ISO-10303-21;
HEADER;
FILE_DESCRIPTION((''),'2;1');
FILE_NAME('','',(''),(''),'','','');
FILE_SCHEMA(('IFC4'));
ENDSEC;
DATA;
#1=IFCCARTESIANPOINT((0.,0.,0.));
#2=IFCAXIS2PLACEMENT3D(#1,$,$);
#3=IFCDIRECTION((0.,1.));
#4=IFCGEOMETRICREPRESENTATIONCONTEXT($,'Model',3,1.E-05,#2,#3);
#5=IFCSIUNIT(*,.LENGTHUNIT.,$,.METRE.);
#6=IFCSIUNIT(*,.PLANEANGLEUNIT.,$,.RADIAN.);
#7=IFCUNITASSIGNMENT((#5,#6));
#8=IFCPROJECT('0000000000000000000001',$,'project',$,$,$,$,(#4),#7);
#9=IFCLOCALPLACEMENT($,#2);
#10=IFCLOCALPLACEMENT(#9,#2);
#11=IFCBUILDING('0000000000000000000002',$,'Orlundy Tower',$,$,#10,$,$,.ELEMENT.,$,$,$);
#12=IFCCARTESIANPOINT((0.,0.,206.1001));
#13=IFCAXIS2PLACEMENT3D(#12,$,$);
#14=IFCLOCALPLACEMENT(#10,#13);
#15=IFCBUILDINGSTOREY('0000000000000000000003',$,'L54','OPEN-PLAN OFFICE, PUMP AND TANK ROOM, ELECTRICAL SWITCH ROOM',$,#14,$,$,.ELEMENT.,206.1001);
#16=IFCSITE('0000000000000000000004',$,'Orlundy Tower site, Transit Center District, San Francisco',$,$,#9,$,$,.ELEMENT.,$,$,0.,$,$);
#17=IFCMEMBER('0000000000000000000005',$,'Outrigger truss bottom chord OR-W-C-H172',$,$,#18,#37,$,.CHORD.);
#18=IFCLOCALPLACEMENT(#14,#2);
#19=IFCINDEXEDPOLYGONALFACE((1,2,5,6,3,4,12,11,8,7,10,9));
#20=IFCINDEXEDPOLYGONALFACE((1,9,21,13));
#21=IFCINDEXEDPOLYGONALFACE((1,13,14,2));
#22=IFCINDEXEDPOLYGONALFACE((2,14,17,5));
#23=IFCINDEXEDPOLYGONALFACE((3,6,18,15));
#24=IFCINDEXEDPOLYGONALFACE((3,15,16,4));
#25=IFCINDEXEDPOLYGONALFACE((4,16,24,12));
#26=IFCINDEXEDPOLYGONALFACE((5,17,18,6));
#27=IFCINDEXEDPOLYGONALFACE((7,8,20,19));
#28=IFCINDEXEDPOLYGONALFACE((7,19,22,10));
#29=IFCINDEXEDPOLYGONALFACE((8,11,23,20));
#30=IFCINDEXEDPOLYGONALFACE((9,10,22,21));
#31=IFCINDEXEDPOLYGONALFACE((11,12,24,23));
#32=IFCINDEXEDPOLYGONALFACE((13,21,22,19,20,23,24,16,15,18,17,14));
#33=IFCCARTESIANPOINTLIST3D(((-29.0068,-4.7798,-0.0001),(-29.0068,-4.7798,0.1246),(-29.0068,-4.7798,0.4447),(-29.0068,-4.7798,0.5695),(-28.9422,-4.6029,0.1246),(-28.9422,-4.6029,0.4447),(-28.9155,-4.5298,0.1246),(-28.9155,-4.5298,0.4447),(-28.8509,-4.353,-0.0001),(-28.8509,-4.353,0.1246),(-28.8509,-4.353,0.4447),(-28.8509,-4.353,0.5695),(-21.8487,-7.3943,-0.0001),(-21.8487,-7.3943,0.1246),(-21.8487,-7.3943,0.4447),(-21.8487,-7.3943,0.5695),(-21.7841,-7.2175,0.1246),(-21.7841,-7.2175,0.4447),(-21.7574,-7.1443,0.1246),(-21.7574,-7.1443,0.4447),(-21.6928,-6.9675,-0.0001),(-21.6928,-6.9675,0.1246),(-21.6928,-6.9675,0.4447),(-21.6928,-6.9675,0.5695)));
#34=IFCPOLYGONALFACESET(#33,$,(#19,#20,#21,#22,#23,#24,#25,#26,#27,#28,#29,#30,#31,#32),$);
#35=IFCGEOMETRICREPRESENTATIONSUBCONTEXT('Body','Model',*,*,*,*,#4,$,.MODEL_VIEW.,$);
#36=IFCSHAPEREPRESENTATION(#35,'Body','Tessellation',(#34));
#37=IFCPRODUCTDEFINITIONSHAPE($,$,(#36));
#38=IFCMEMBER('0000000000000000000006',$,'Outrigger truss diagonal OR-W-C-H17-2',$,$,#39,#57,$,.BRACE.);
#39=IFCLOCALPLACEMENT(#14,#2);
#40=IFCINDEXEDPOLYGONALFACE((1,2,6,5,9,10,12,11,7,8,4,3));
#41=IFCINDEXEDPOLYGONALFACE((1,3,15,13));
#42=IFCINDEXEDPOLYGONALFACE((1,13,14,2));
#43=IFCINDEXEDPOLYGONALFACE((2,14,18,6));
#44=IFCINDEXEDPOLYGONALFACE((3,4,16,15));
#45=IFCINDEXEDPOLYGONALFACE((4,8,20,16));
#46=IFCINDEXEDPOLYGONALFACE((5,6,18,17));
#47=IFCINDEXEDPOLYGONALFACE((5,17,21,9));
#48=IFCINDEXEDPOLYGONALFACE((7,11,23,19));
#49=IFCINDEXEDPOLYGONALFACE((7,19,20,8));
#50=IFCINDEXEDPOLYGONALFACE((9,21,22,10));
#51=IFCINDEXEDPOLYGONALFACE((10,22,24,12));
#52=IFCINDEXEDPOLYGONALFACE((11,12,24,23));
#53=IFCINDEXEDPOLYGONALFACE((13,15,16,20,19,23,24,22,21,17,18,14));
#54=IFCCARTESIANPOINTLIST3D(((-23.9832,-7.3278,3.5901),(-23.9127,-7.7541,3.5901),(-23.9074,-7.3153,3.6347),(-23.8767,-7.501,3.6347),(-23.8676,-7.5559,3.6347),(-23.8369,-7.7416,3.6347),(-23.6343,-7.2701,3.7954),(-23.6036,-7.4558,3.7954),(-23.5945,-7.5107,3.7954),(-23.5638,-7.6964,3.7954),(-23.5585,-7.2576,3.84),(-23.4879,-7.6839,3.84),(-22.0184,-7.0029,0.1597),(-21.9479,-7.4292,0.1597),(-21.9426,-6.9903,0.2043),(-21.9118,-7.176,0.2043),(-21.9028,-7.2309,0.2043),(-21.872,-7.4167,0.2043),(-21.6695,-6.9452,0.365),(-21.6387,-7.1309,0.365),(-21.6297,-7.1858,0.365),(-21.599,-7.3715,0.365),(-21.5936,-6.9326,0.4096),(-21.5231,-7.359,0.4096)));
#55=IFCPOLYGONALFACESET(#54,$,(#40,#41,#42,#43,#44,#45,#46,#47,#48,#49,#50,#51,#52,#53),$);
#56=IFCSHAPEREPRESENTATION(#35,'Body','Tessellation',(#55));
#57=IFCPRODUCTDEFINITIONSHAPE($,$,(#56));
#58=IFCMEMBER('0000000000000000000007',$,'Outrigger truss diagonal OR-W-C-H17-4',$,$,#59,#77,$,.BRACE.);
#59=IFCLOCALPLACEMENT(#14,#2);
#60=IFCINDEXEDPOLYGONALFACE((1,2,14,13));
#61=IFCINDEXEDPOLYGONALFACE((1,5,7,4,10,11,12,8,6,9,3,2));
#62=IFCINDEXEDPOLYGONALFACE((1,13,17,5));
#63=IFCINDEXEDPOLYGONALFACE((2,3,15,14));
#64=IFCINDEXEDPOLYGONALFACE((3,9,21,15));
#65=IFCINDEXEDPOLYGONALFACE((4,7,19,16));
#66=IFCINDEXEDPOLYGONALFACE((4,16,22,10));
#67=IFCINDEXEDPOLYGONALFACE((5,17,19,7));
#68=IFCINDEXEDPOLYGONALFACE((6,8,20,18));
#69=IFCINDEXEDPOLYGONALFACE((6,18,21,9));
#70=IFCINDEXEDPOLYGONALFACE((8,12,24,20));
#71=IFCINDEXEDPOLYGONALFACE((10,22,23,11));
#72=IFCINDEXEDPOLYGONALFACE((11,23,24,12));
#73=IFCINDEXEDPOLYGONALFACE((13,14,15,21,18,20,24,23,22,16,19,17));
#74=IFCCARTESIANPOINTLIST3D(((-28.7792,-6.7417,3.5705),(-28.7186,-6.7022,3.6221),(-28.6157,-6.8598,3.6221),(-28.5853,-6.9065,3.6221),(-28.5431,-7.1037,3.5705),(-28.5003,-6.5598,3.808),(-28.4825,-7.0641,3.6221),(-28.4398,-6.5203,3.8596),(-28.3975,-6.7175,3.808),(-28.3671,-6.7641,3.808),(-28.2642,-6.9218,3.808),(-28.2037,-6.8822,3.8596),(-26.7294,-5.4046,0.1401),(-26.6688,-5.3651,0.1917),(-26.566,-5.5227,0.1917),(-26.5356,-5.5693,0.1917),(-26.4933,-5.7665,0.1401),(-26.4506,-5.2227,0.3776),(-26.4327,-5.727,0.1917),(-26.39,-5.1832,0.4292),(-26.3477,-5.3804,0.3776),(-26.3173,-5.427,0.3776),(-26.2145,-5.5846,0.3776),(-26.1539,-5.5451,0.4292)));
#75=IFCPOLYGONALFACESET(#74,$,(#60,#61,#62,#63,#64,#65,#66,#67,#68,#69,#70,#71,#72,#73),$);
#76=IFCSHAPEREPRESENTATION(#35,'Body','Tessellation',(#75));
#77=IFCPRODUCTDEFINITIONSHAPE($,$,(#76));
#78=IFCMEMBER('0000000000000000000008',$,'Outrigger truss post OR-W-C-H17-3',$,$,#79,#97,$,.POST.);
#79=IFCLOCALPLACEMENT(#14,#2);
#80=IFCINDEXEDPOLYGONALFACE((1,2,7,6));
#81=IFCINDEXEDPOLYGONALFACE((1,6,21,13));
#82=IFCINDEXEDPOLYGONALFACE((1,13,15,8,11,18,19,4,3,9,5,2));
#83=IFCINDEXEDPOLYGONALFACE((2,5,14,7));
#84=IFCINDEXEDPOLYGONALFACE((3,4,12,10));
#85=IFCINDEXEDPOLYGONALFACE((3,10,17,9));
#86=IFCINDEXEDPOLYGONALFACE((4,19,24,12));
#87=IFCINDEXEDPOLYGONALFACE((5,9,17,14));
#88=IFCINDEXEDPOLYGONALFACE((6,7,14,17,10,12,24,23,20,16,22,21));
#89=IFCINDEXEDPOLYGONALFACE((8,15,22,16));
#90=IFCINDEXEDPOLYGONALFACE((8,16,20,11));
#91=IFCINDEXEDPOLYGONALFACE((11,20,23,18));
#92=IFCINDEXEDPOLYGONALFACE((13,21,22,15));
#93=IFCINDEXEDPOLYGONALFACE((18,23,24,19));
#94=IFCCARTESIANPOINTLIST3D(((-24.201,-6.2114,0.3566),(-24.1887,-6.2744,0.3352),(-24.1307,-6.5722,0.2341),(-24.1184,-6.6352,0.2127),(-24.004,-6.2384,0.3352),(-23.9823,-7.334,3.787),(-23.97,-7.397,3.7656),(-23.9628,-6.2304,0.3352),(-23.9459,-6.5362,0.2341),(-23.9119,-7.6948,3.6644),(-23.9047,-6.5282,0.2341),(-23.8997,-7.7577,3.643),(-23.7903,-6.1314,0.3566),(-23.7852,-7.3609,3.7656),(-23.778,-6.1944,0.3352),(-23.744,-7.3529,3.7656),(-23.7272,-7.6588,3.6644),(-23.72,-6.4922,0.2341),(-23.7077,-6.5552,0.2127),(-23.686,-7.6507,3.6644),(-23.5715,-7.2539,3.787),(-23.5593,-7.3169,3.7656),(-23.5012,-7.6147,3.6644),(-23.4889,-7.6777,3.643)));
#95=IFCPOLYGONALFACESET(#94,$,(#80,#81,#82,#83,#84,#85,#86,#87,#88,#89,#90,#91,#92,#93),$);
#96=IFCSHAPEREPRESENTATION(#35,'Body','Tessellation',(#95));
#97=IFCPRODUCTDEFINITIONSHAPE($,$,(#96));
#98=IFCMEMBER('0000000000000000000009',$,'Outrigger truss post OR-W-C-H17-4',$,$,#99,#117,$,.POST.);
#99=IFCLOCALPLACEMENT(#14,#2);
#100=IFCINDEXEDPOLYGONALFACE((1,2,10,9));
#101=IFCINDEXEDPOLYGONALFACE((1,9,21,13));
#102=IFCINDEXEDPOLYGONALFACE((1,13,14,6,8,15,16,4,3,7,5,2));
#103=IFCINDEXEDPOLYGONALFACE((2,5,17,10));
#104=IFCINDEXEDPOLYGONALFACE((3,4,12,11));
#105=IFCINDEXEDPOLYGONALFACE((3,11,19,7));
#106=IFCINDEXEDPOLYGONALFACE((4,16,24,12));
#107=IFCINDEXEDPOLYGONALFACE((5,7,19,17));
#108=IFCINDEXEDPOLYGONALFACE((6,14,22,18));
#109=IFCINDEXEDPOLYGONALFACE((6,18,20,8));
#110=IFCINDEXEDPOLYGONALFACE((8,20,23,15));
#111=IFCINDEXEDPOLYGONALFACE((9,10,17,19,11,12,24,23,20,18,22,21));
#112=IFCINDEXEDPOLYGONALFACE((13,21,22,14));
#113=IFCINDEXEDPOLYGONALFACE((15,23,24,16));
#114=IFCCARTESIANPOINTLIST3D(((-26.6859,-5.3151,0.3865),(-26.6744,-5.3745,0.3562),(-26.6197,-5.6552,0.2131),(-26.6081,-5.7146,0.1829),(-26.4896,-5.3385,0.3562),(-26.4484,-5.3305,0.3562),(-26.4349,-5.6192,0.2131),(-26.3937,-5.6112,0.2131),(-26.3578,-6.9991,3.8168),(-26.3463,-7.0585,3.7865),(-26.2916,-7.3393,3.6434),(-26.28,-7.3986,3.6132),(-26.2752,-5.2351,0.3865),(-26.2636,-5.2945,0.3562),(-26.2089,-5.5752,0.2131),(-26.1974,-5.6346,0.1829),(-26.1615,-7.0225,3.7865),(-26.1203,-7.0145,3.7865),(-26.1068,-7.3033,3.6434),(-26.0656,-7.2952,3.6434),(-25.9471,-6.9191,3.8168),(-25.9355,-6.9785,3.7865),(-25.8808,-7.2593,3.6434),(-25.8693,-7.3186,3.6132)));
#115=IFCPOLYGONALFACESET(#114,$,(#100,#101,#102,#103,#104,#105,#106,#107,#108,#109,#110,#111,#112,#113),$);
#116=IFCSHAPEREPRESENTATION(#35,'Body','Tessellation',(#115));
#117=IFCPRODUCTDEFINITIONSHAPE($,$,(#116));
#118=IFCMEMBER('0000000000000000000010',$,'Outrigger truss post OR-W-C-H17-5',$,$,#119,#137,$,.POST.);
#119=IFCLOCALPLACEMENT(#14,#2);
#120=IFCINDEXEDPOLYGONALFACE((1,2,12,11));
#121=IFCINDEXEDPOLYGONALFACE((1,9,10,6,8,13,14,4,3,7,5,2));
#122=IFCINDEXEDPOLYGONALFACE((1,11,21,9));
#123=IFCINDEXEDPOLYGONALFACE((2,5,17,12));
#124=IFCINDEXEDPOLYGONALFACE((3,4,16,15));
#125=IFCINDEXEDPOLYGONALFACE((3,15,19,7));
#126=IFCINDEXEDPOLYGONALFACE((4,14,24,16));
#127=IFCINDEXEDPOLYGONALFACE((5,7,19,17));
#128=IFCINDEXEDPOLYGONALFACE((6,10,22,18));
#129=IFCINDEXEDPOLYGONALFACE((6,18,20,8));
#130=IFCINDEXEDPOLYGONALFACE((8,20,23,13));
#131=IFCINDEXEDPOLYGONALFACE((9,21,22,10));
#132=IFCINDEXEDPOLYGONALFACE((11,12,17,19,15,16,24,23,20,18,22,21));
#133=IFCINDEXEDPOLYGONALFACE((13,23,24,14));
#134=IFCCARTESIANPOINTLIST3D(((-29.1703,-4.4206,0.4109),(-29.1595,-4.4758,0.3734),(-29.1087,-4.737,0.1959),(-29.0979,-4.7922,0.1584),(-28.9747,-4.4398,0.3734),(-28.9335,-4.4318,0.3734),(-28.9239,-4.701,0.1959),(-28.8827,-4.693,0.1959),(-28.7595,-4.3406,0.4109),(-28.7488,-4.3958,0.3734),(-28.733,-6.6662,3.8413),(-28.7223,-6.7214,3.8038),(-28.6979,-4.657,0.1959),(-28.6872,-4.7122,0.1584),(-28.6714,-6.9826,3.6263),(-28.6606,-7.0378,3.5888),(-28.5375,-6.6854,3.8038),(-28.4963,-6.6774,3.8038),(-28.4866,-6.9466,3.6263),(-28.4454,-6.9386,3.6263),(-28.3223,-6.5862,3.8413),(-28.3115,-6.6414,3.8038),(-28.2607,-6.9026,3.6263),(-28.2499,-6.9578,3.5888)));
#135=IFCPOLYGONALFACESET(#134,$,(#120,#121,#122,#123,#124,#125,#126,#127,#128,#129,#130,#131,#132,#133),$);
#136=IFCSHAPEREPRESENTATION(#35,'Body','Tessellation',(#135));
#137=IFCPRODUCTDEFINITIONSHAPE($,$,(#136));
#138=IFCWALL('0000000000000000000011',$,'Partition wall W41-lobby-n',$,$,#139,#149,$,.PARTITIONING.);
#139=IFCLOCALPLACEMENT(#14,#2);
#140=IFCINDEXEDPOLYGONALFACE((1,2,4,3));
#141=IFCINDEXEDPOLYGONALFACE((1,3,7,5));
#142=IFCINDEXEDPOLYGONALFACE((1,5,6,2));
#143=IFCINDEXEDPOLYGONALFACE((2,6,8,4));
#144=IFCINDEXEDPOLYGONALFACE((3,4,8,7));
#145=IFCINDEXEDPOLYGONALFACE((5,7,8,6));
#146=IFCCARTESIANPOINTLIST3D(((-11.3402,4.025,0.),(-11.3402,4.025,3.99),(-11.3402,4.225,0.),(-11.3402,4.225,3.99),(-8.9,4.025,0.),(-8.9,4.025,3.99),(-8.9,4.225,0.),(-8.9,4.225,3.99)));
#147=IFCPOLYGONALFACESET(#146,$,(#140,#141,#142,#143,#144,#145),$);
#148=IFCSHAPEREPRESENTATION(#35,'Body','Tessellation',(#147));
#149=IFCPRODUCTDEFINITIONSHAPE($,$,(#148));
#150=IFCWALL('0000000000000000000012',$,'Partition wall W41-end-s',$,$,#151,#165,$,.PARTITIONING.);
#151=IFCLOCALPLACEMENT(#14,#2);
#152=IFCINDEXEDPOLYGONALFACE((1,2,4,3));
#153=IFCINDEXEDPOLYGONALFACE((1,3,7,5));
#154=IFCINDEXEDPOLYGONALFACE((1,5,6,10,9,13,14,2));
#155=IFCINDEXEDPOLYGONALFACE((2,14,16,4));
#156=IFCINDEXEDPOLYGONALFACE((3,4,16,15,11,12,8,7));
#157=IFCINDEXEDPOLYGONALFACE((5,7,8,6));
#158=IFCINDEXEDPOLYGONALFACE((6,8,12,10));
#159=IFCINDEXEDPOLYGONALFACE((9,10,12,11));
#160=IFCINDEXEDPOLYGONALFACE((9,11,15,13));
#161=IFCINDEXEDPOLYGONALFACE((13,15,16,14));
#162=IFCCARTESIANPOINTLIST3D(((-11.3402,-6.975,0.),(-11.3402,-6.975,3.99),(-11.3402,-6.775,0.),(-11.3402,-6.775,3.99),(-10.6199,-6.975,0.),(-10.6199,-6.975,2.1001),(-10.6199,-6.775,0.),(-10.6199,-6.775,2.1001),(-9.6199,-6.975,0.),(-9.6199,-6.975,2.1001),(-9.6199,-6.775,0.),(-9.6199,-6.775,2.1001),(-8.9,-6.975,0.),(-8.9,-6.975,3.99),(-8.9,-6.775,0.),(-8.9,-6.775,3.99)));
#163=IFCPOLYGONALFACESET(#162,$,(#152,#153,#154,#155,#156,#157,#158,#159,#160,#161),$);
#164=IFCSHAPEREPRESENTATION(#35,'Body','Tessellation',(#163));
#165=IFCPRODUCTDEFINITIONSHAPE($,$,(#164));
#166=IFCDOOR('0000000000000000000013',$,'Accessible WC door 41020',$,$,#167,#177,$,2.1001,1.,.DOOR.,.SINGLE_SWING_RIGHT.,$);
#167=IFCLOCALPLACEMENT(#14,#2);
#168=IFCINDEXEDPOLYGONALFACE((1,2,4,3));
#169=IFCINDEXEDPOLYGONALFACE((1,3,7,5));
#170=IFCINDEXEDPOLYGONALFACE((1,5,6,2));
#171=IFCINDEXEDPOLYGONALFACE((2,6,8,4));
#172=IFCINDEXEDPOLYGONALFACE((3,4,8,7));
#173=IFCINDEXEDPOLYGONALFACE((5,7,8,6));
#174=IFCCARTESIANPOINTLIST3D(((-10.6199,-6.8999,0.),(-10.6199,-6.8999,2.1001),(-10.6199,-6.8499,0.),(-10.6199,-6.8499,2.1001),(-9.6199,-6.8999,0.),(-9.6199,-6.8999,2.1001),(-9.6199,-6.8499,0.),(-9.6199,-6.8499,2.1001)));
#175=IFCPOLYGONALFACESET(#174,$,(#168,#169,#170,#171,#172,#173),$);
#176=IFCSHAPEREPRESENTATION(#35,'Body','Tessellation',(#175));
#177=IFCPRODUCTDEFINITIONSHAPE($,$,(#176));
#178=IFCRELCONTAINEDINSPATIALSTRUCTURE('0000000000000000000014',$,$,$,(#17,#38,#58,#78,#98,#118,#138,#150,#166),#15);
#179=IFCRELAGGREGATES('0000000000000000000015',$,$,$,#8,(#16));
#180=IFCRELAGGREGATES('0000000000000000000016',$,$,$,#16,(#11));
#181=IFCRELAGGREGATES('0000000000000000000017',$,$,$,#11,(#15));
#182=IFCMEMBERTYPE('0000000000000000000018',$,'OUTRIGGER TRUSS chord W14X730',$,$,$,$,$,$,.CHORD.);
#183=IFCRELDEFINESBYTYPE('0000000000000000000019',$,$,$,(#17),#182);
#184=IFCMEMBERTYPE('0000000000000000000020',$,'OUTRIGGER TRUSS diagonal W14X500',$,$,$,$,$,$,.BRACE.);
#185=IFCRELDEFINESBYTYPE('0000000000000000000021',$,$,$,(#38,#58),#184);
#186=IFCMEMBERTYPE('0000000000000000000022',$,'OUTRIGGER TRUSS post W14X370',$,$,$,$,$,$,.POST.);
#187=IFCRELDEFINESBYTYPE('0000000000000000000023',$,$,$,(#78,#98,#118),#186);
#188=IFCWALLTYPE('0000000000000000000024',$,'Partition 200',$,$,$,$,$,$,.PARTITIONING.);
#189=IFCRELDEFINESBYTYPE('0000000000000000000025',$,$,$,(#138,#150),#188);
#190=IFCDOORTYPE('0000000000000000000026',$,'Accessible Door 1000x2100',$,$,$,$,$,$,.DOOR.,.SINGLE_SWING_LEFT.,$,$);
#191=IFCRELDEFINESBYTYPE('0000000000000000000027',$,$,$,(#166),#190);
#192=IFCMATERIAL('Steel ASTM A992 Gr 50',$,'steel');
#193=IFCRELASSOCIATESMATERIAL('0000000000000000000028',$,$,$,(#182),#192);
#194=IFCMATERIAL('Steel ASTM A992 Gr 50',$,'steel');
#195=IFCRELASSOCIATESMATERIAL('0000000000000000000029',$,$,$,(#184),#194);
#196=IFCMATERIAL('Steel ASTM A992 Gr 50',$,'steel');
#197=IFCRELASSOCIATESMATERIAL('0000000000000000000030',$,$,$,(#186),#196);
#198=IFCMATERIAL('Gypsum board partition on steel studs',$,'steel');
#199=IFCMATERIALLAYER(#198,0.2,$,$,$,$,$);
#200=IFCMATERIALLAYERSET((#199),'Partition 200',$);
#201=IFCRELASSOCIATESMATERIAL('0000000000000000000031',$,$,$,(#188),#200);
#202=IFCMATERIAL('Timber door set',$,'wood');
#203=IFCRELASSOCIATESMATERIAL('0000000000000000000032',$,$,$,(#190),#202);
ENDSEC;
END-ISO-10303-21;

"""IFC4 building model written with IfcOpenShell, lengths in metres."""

from ifc_helpers import new_model, si_unit, direction, frame, frame_2d, origin, origin_2d, place, context, subcontext, project, spatial, rectangle, i_section, extrude, material, layer, layer_set, material_profile, profile_set, type_object, element, fill, save


model = new_model("IFC4")

# Units and contexts
model_context = context("Model", 3, precision=1e-05, world=origin(), true_north=direction((0.0, 1.0)))
body_context = subcontext(model_context, "Body", "Model", "MODEL_VIEW")
ifc_project = project(units=[si_unit("LENGTHUNIT", "METRE"), si_unit("PLANEANGLEUNIT", "RADIAN")], contexts=[model_context])

# Site, building, storey
site_placement = place(None, origin())
site = spatial("IfcSite", under=ifc_project, at=site_placement, Name="Orlundy Tower site, Transit Center District, San Francisco", CompositionType="ELEMENT", RefElevation=0.0)
building_placement = place(site_placement, origin())
building = spatial("IfcBuilding", under=site, at=building_placement, Name="Orlundy Tower", CompositionType="ELEMENT")
storey_placement = place(building_placement, frame((0.0, 0.0, 206.1001)))
storey = spatial("IfcBuildingStorey", under=building, at=storey_placement, Name="L54", Description="OPEN-PLAN OFFICE, PUMP AND TANK ROOM, ELECTRICAL SWITCH ROOM", CompositionType="ELEMENT", Elevation=206.1001)

# Members
ifc_material_1 = material(Name="Steel ASTM A992 Gr 50", Category="steel")
ifc_material_profile_1 = material_profile(ifc_material_1, i_section(OverallWidth=0.4543, OverallDepth=0.5696, WebThickness=0.0779, FlangeThickness=0.1248, at=origin_2d()), Name="W14X730")
ifc_profile_set_1 = profile_set([ifc_material_profile_1], Name="Steel ASTM A992 Gr 50")
member_type_1 = type_object("IfcMemberType", Name="OUTRIGGER TRUSS chord W14X730", PredefinedType="CHORD", material=ifc_profile_set_1)
member_1_placement = place(storey_placement, frame((-21.7708, -7.1809, 0.2847), z_axis=(-0.939303, 0.343088, 0.0), x_axis=(-0.343088, -0.939303, 0.0)))
element("IfcMember", 1, at=member_1_placement, inside=storey, type_object=member_type_1, Name="Outrigger truss bottom chord OR-W-C-H172", PredefinedType="CHORD", context=body_context, shape_type="SweptSolid", body=[
    extrude(i_section(OverallWidth=0.4543, OverallDepth=0.5696, WebThickness=0.0779, FlangeThickness=0.1248, at=origin_2d()), origin(), (0.0, 0.0, 1.0), 7.6206),
])
ifc_material_2 = material(Name="Steel ASTM A992 Gr 50", Category="steel")
ifc_material_profile_2 = material_profile(ifc_material_2, i_section(OverallWidth=0.4321, OverallDepth=0.4978, WebThickness=0.0557, FlangeThickness=0.0889, at=origin_2d()), Name="W14X500")
ifc_profile_set_2 = profile_set([ifc_material_profile_2], Name="Steel ASTM A992 Gr 50")
member_type_2 = type_object("IfcMemberType", Name="OUTRIGGER TRUSS diagonal W14X500", PredefinedType="BRACE", material=ifc_profile_set_2)
member_2_placement = place(storey_placement, frame((-21.7708, -7.1809, 0.2847), z_axis=(-0.495346, -0.081922, 0.864824), x_axis=(0.163166, -0.986599, 0.0)))
element("IfcMember", 2, at=member_2_placement, inside=storey, type_object=member_type_2, Name="Outrigger truss diagonal OR-W-C-H17-2", PredefinedType="BRACE", context=body_context, shape_type="SweptSolid", body=[
    extrude(i_section(OverallWidth=0.4321, OverallDepth=0.4978, WebThickness=0.0557, FlangeThickness=0.0889, at=origin_2d()), origin(), (0.0, 0.0, 1.0), 3.9666),
])
member_3_placement = place(storey_placement, frame((-26.4417, -5.4749, 0.2847), z_axis=(-0.486432, -0.317316, 0.814061), x_axis=(0.546362, -0.837549, 0.0)))
element("IfcMember", 3, at=member_3_placement, inside=storey, type_object=member_type_2, Name="Outrigger truss diagonal OR-W-C-H17-4", PredefinedType="BRACE", context=body_context, shape_type="SweptSolid", body=[
    extrude(i_section(OverallWidth=0.4321, OverallDepth=0.4978, WebThickness=0.0557, FlangeThickness=0.0889, at=origin_2d()), origin(), (0.0, 0.0, 1.0), 4.2139),
])
ifc_material_3 = material(Name="Steel ASTM A992 Gr 50", Category="steel")
ifc_material_profile_3 = material_profile(ifc_material_3, i_section(OverallWidth=0.4185, OverallDepth=0.4551, WebThickness=0.042, FlangeThickness=0.0676, at=origin_2d()), Name="W14X370")
ifc_profile_set_3 = profile_set([ifc_material_profile_3], Name="Steel ASTM A992 Gr 50")
member_type_3 = type_object("IfcMemberType", Name="OUTRIGGER TRUSS post W14X370", PredefinedType="POST", material=ifc_profile_set_3)
member_4_placement = place(storey_placement, frame((-23.9543, -6.3833, 0.2847), z_axis=(0.060494, -0.310438, 0.948667), x_axis=(0.981538, 0.19127, 0.0)))
element("IfcMember", 4, at=member_4_placement, inside=storey, type_object=member_type_3, Name="Outrigger truss post OR-W-C-H17-3", PredefinedType="POST", context=body_context, shape_type="SweptSolid", body=[
    extrude(i_section(OverallWidth=0.4185, OverallDepth=0.4551, WebThickness=0.042, FlangeThickness=0.0676, at=origin_2d()), origin(), (0.0, 0.0, 1.0), 3.616),
])
member_5_placement = place(storey_placement, frame((-26.4417, -5.4749, 0.2847), z_axis=(0.085548, -0.43907, 0.894371), x_axis=(0.981543, 0.191243, 0.0)))
element("IfcMember", 5, at=member_5_placement, inside=storey, type_object=member_type_3, Name="Outrigger truss post OR-W-C-H17-4", PredefinedType="POST", context=body_context, shape_type="SweptSolid", body=[
    extrude(i_section(OverallWidth=0.4185, OverallDepth=0.4551, WebThickness=0.042, FlangeThickness=0.0676, at=origin_2d()), origin(), (0.0, 0.0, 1.0), 3.8354),
])
member_6_placement = place(storey_placement, frame((-28.9287, -4.5664, 0.2847), z_axis=(0.106045, -0.544612, 0.831957), x_axis=(0.981565, 0.191127, 0.0)))
element("IfcMember", 6, at=member_6_placement, inside=storey, type_object=member_type_3, Name="Outrigger truss post OR-W-C-H17-5", PredefinedType="POST", context=body_context, shape_type="SweptSolid", body=[
    extrude(i_section(OverallWidth=0.4185, OverallDepth=0.4551, WebThickness=0.042, FlangeThickness=0.0676, at=origin_2d()), origin(), (0.0, 0.0, 1.0), 4.1233),
])

# Wall
ifc_material_4 = material(Name="Gypsum board partition on steel studs", Category="steel")
ifc_layer_1 = layer(ifc_material_4, 0.2)
ifc_layer_set_1 = layer_set([ifc_layer_1], Name="Partition 200")
wall_type_1 = type_object("IfcWallType", Name="Partition 200", PredefinedType="PARTITIONING", material=ifc_layer_set_1)
wall_1_placement = place(storey_placement, frame((-8.8999, 4.125, 0.0), z_axis=(0.0, 0.0, 1.0), x_axis=(-1.0, 0.0, 0.0)))
element("IfcWall", 7, at=wall_1_placement, inside=storey, type_object=wall_type_1, Name="Partition wall W41-lobby-n", PredefinedType="PARTITIONING", context=body_context, shape_type="SweptSolid", body=[
    extrude(rectangle(XDim=2.4402, YDim=0.2, at=frame_2d((1.2202, 0.0))), origin(), (0.0, 0.0, 1.0), 3.99),
])

# Wall, opening, door
wall_2_placement = place(storey_placement, frame((-8.8999, -6.875, 0.0), z_axis=(0.0, 0.0, 1.0), x_axis=(-1.0, 0.0, 0.0)))
wall_2 = element("IfcWall", 8, at=wall_2_placement, inside=storey, type_object=wall_type_1, Name="Partition wall W41-end-s", PredefinedType="PARTITIONING", context=body_context, shape_type="SweptSolid", body=[
    extrude(rectangle(XDim=2.4402, YDim=0.2, at=frame_2d((1.2202, 0.0))), origin(), (0.0, 0.0, 1.0), 3.99),
])
opening_1_placement = place(wall_2_placement, frame((0.72, 0.0, 0.0)))
opening_1 = element("IfcOpeningElement", 9, at=opening_1_placement, cuts=wall_2, PredefinedType="OPENING", context=body_context, shape_type="SweptSolid", body=[
    extrude(rectangle(XDim=1.0, YDim=2.1001, at=frame_2d((0.5, 1.05))), frame((0.0, 0.1101, 0.0), z_axis=(0.0, -1.0, 0.0), x_axis=(1.0, 0.0, 0.0)), (0.0, 0.0, 1.0), 0.2202),
])
ifc_material_5 = material(Name="Timber door set", Category="wood")
door_type_1 = type_object("IfcDoorType", Name="Accessible Door 1000x2100", OperationType="SINGLE_SWING_LEFT", PredefinedType="DOOR", material=ifc_material_5)
door_1_placement = place(opening_1_placement, origin())
door_1 = element("IfcDoor", 10, at=door_1_placement, inside=storey, type_object=door_type_1, Name="Accessible WC door 41020", OperationType="SINGLE_SWING_RIGHT", OverallHeight=2.1001, OverallWidth=1.0, PredefinedType="DOOR", context=body_context, shape_type="SweptSolid", body=[
    extrude(rectangle(XDim=1.0, YDim=2.1001, at=frame_2d((0.5, 1.05))), frame((0.0, 0.0249, 0.0), z_axis=(0.0, -1.0, 0.0), x_axis=(1.0, 0.0, 0.0)), (0.0, 0.0, 1.0), 0.05),
])
fill(opening_1, door_1)

save(model, "model.ifc")
